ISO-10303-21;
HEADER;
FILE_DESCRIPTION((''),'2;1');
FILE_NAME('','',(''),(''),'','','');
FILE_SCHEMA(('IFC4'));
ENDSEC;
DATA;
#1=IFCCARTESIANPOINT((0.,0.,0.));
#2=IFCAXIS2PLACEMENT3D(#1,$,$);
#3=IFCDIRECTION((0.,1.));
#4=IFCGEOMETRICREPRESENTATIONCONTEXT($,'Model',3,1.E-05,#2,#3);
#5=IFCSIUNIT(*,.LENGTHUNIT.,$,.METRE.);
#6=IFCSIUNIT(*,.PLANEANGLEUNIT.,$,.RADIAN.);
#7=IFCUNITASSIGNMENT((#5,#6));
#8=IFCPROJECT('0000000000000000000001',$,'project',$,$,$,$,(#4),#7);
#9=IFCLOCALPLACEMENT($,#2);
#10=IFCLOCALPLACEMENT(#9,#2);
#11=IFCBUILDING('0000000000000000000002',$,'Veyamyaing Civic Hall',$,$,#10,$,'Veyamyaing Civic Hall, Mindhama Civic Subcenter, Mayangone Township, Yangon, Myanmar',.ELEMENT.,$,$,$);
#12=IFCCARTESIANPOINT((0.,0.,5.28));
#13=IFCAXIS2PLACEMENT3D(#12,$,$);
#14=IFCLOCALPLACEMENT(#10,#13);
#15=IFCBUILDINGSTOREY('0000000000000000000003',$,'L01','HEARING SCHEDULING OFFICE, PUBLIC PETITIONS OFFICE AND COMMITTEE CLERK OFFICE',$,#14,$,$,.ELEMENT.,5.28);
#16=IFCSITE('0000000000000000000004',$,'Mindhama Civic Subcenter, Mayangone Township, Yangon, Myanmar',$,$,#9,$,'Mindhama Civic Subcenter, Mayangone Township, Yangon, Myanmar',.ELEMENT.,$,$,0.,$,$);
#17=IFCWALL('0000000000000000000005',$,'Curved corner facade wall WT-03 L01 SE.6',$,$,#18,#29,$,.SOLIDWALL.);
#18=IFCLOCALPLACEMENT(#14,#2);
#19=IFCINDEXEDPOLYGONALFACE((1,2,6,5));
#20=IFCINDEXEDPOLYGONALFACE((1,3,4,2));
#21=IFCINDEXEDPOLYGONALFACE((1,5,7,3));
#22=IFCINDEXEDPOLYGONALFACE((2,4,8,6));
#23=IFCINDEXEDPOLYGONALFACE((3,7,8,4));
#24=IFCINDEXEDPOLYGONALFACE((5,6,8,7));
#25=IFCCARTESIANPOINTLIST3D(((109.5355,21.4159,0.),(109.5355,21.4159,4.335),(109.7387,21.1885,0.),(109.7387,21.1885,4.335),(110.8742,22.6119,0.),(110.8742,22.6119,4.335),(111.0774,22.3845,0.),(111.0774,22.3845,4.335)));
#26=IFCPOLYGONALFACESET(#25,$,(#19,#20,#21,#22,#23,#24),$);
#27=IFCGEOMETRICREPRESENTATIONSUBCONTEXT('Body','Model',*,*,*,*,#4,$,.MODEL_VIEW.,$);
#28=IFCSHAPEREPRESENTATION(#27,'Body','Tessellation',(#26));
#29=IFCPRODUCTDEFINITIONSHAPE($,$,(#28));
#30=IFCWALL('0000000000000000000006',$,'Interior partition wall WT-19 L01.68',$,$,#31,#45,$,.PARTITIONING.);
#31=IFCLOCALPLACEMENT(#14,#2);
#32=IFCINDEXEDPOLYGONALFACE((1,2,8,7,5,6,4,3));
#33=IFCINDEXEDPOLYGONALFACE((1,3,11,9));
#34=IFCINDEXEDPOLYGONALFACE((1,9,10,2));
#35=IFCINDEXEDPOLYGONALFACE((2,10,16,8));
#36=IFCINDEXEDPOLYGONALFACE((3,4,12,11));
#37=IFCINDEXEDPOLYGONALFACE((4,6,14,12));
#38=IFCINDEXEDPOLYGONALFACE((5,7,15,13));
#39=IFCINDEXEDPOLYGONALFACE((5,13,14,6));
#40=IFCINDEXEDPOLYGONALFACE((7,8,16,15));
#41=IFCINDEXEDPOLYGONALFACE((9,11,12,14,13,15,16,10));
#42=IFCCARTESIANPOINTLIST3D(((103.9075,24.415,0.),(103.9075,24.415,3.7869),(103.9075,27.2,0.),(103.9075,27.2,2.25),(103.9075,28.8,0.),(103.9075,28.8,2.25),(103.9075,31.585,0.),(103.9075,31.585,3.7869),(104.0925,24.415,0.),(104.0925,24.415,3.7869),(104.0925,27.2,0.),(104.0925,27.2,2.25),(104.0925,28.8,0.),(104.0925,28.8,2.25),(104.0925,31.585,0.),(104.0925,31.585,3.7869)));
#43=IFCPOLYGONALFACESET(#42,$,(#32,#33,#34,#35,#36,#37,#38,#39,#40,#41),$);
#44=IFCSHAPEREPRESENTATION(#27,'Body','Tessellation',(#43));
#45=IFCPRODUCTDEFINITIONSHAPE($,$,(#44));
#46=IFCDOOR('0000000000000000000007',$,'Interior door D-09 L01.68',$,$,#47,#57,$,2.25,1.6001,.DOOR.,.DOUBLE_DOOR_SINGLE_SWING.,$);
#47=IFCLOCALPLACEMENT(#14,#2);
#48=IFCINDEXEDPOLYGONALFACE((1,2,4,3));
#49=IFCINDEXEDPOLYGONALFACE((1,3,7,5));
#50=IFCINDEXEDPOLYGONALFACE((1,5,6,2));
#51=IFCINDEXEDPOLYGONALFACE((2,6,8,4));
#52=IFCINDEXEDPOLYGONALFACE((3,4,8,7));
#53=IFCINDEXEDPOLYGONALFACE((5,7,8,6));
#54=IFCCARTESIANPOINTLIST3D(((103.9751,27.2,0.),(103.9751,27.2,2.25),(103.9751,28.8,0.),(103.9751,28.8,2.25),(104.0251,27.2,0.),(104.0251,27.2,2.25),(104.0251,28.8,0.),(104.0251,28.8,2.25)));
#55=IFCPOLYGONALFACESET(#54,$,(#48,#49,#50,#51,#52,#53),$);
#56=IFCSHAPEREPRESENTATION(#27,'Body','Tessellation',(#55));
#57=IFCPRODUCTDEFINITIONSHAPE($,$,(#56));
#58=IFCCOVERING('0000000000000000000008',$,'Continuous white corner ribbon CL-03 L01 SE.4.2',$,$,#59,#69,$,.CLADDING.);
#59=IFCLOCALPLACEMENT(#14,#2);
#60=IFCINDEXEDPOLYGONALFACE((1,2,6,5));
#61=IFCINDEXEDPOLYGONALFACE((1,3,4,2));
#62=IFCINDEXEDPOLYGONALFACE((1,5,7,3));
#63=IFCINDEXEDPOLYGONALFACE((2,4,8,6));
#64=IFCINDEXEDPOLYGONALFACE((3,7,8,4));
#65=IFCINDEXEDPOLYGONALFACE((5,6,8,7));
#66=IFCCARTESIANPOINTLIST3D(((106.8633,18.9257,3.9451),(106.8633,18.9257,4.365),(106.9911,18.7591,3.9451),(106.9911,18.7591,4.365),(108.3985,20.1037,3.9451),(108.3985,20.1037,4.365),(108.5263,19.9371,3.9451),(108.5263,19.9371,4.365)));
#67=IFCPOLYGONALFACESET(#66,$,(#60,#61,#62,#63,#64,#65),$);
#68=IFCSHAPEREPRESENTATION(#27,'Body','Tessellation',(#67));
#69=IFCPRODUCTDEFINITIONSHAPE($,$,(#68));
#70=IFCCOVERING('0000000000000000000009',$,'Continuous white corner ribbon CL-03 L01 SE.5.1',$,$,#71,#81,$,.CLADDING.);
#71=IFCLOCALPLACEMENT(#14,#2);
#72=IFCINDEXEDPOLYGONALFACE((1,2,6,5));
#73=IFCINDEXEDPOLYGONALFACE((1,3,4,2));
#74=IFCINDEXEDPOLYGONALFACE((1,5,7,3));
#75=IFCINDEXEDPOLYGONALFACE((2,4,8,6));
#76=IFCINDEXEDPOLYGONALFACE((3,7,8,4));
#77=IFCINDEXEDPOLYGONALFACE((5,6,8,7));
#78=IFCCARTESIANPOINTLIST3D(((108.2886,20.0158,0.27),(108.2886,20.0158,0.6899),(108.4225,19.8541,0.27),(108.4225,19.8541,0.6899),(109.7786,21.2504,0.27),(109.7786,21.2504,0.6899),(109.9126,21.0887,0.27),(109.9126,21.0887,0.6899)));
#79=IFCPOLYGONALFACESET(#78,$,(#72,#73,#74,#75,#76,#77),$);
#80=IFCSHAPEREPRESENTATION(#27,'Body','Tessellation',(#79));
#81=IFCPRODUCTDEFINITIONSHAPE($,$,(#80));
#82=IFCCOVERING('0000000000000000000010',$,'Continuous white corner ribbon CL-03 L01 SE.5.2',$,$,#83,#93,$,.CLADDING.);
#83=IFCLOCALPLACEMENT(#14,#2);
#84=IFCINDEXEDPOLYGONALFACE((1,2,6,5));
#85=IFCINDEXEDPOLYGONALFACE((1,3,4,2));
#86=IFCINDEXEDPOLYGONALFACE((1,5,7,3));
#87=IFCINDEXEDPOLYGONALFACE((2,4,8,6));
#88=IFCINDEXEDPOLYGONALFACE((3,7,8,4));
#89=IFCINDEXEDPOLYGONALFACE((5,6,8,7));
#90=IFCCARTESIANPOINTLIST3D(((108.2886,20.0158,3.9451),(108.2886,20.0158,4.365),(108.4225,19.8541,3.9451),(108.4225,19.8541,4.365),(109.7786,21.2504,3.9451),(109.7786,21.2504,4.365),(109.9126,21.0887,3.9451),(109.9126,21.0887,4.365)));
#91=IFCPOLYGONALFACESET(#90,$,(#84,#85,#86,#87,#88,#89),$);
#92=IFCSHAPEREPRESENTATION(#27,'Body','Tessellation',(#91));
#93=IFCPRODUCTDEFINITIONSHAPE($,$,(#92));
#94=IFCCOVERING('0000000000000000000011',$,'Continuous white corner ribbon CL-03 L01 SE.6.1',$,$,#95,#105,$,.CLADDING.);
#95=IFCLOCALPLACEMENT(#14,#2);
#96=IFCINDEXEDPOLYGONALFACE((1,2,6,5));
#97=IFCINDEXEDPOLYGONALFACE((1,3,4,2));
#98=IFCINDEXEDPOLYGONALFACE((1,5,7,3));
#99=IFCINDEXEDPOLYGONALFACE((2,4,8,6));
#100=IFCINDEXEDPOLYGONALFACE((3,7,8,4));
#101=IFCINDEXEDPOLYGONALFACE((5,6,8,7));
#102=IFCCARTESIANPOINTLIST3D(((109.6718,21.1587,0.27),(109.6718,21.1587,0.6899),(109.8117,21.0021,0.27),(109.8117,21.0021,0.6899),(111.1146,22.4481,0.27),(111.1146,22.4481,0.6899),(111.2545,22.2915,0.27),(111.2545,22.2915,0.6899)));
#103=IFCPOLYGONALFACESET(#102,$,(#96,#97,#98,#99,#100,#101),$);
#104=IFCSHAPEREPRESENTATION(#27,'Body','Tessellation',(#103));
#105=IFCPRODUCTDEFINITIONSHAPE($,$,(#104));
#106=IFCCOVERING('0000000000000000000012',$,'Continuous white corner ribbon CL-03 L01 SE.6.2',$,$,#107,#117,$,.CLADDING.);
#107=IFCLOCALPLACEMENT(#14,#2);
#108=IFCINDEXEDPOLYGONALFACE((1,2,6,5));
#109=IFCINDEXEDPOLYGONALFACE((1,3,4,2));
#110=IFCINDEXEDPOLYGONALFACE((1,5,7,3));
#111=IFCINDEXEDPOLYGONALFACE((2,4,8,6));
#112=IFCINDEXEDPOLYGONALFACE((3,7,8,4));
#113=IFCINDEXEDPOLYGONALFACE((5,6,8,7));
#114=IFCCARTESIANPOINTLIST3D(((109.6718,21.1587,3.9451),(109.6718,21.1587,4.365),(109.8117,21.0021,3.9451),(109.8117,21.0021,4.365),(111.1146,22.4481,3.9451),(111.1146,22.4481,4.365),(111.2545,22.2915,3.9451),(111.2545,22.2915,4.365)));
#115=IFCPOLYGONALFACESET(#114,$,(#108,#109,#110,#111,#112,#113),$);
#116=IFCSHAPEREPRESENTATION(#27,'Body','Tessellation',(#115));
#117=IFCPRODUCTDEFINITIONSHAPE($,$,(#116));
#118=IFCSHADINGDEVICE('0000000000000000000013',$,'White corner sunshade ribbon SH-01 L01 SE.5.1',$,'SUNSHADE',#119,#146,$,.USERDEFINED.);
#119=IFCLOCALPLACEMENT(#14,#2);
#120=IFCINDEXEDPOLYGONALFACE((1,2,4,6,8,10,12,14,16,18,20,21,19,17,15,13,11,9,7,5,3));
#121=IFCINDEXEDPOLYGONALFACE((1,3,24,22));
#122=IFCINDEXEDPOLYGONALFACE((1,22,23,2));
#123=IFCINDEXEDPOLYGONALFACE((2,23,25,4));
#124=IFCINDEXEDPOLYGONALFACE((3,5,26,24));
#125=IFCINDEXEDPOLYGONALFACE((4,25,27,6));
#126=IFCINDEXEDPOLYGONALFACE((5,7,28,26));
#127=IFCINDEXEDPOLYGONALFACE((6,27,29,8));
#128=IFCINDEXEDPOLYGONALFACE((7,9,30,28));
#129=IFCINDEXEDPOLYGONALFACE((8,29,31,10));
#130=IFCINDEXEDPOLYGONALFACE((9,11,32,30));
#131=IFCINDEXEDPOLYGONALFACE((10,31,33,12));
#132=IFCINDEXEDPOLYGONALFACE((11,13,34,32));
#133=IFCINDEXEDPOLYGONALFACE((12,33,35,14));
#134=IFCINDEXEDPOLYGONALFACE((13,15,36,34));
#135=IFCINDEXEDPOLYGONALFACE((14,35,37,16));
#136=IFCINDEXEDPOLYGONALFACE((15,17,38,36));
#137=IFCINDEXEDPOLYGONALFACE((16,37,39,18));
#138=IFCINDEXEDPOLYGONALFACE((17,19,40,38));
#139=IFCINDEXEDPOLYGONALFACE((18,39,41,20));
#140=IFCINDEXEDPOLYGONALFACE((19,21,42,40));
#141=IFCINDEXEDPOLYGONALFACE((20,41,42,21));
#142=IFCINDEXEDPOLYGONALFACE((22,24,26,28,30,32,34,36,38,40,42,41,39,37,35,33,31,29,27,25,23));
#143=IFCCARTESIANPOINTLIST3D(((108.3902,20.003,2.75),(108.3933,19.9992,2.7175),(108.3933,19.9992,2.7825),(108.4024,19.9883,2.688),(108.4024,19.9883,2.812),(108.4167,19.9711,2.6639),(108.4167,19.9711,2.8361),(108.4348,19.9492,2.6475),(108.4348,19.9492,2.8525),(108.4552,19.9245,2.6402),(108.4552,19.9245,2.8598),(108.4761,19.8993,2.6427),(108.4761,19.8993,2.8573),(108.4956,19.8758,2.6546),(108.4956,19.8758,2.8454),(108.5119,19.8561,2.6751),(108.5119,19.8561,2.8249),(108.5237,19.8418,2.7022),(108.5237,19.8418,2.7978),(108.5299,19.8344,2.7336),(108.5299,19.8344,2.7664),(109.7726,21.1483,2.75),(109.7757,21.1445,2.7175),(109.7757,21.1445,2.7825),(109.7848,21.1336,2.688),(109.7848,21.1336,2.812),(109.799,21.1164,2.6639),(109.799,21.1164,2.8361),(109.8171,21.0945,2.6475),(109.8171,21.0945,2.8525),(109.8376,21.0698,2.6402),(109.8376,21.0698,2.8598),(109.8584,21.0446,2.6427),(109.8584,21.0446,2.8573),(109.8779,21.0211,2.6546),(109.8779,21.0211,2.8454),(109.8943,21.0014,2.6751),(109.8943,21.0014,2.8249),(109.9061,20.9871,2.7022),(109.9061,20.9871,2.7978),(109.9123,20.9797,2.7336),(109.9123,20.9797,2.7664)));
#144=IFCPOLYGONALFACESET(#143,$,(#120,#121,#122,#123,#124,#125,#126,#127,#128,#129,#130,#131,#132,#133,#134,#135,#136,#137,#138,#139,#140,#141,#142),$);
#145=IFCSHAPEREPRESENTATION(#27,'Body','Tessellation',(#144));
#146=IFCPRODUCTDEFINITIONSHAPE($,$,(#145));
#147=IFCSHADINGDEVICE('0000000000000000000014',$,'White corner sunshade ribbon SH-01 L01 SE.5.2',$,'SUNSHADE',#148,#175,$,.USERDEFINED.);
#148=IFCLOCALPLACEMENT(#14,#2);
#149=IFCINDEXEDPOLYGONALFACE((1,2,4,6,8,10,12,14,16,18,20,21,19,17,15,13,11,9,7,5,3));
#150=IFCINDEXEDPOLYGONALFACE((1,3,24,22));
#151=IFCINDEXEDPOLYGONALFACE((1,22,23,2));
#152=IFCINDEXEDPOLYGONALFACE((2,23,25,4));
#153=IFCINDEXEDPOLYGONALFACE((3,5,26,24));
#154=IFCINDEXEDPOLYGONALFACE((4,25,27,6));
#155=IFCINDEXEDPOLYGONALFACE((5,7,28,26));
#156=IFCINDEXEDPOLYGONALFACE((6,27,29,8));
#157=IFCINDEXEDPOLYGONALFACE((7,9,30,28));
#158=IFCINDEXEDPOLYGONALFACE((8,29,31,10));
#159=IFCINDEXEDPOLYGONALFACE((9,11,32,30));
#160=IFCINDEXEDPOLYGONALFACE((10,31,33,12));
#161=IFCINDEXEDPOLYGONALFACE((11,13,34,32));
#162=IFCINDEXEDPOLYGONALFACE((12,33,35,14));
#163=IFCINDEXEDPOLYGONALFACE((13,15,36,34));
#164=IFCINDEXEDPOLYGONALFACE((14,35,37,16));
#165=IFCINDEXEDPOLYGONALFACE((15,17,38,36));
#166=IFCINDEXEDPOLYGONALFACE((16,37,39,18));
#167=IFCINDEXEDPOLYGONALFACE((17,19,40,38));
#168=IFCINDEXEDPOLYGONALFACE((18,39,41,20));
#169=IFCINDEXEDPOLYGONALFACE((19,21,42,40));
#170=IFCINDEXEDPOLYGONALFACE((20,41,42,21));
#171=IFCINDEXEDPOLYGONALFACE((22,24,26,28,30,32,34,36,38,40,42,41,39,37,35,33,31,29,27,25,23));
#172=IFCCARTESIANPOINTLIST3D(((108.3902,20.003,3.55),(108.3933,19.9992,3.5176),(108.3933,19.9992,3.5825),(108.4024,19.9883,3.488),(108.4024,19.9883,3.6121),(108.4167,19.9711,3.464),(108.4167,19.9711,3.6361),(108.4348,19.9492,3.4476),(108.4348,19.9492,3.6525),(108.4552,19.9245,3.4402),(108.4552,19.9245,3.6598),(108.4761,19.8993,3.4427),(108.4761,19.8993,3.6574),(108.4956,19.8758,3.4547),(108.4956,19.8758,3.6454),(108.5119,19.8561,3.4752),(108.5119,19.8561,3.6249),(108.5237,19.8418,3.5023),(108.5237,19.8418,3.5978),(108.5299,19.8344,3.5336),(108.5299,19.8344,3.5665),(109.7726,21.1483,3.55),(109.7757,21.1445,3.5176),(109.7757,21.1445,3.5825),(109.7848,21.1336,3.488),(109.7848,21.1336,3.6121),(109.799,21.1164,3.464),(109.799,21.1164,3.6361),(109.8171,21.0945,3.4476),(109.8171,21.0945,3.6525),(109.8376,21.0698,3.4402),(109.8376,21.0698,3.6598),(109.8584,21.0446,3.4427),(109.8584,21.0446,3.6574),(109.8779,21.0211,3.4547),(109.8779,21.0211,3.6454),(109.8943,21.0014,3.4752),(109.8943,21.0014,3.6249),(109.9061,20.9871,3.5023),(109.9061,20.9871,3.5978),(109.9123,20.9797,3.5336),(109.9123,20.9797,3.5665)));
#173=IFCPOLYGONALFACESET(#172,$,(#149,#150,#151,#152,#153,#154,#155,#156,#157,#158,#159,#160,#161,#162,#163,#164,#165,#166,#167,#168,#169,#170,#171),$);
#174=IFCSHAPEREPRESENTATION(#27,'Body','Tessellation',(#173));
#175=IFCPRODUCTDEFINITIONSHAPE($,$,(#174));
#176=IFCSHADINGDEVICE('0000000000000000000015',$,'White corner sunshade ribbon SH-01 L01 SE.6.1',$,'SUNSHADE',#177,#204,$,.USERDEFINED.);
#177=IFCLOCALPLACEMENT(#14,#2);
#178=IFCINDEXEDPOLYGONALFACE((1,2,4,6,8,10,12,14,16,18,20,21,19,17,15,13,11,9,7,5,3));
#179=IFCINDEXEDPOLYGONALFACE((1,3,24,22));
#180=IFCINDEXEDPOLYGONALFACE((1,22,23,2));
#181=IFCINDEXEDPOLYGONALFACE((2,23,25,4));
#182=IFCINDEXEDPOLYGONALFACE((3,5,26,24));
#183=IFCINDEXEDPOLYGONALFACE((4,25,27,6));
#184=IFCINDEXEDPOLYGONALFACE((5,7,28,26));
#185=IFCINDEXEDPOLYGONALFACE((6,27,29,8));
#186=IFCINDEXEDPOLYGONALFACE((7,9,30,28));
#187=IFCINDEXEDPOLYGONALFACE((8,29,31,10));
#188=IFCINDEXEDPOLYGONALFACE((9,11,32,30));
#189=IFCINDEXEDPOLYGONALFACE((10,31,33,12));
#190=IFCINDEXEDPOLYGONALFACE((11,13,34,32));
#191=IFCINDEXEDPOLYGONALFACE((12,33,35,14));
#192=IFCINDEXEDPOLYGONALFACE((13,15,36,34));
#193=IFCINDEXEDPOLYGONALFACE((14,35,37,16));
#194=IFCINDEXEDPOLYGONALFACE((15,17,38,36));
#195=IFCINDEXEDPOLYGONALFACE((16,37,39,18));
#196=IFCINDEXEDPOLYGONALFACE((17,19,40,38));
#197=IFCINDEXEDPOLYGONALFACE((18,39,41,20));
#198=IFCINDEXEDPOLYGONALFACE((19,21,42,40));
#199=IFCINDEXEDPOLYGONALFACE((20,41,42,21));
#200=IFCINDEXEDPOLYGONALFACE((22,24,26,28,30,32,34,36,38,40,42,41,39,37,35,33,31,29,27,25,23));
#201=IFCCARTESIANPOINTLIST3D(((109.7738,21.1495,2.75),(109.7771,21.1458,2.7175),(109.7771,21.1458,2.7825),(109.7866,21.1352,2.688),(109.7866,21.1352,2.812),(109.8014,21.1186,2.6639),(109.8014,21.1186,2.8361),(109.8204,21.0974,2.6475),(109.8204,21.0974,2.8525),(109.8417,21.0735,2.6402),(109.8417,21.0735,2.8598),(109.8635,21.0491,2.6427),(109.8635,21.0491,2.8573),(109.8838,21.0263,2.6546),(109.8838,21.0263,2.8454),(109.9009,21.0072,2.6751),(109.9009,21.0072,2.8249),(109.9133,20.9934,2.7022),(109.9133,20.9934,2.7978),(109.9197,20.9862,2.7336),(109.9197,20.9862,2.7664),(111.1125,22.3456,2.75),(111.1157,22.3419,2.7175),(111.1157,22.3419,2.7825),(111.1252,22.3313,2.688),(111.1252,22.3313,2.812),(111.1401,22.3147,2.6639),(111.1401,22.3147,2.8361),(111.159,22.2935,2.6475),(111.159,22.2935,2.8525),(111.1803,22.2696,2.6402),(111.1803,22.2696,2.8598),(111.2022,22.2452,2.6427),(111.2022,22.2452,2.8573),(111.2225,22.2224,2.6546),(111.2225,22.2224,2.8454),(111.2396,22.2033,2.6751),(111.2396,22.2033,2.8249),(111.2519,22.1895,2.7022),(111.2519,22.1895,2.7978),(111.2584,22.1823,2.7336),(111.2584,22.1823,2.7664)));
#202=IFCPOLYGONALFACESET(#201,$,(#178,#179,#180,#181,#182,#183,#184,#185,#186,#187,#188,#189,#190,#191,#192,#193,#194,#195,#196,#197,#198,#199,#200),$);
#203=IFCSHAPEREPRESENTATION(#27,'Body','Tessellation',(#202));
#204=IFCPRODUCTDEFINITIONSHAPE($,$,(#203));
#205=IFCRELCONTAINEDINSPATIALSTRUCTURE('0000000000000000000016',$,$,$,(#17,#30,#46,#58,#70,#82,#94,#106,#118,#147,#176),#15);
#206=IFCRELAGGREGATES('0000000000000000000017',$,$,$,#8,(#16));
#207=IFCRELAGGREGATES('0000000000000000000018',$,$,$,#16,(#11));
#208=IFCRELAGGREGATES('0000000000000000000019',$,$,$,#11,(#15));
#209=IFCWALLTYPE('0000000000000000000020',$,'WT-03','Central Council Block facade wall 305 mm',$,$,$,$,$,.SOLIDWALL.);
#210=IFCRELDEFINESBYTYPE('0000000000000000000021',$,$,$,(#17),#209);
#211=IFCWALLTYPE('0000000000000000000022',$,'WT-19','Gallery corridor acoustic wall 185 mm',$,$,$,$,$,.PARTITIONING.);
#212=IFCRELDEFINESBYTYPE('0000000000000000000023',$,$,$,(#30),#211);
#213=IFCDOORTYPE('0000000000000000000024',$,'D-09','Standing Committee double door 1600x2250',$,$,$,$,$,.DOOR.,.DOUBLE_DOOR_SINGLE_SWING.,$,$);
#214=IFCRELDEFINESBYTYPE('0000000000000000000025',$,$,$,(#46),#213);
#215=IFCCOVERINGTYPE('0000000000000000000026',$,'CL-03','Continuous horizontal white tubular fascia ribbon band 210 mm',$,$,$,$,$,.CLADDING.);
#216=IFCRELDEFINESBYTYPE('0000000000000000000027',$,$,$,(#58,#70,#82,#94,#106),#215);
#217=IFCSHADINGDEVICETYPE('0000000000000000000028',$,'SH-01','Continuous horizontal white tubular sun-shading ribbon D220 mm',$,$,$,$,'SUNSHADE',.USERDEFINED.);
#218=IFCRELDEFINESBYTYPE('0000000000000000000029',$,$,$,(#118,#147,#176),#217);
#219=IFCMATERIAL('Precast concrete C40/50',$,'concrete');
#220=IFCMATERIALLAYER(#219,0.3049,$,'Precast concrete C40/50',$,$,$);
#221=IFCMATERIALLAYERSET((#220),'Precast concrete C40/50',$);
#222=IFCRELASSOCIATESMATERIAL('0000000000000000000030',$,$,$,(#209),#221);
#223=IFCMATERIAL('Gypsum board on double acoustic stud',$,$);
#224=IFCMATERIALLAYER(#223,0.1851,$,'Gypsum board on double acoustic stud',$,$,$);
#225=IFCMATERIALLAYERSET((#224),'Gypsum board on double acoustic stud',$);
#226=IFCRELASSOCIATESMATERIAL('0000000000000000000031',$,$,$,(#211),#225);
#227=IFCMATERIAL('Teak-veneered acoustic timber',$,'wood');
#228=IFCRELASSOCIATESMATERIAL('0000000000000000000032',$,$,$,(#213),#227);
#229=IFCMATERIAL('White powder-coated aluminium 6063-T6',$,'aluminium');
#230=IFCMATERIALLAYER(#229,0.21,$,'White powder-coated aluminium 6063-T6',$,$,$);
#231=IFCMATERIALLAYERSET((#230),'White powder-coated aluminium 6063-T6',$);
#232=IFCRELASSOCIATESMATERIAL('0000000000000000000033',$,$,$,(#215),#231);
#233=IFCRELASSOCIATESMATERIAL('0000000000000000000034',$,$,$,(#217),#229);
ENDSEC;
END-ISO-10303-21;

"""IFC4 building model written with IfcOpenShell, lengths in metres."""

from ifc_helpers import new_model, si_unit, direction, frame, frame_2d, origin, origin_2d, place, context, subcontext, project, spatial, rectangle, circle, extrude, material, layer, layer_set, material_profile, profile_set, type_object, element, fill, save


model = new_model("IFC4")

# Units and contexts
model_context = context("Model", 3, precision=1e-05, world=origin(), true_north=direction((0.0, 1.0)))
body_context = subcontext(model_context, "Body", "Model", "MODEL_VIEW")
ifc_project = project(units=[si_unit("LENGTHUNIT", "METRE"), si_unit("PLANEANGLEUNIT", "RADIAN")], contexts=[model_context])

# Site, building, storey
site_placement = place(None, origin())
site = spatial("IfcSite", under=ifc_project, at=site_placement, Name="Mindhama Civic Subcenter, Mayangone Township, Yangon, Myanmar", LongName="Mindhama Civic Subcenter, Mayangone Township, Yangon, Myanmar", CompositionType="ELEMENT", RefElevation=0.0)
building_placement = place(site_placement, origin())
building = spatial("IfcBuilding", under=site, at=building_placement, Name="Veyamyaing Civic Hall", LongName="Veyamyaing Civic Hall, Mindhama Civic Subcenter, Mayangone Township, Yangon, Myanmar", CompositionType="ELEMENT")
storey_placement = place(building_placement, frame((0.0, 0.0, 5.28)))
storey = spatial("IfcBuildingStorey", under=building, at=storey_placement, Name="L01", Description="HEARING SCHEDULING OFFICE, PUBLIC PETITIONS OFFICE AND COMMITTEE CLERK OFFICE", CompositionType="ELEMENT", Elevation=5.28)

# Wall
ifc_material_1 = material(Name="Precast concrete C40/50", Category="concrete")
ifc_layer_1 = layer(ifc_material_1, 0.3049, Name="Precast concrete C40/50")
ifc_layer_set_1 = layer_set([ifc_layer_1], Name="Precast concrete C40/50")
wall_type_1 = type_object("IfcWallType", Name="WT-03", Description="Central Council Block facade wall 305 mm", PredefinedType="SOLIDWALL", material=ifc_layer_set_1)
wall_1_placement = place(storey_placement, frame((109.6372, 21.3022, 0.0), z_axis=(0.0, 0.0, 1.0), x_axis=(0.745704, 0.666278, 0.0)))
element("IfcWall", 1, at=wall_1_placement, inside=storey, type_object=wall_type_1, Name="Curved corner facade wall WT-03 L01 SE.6", PredefinedType="SOLIDWALL", context=body_context, shape_type="SweptSolid", body=[
    extrude(rectangle(XDim=1.7952, YDim=0.3049, at=frame_2d((0.8975, 0.0))), origin(), (0.0, 0.0, 1.0), 4.335),
])

# Wall, opening, door
ifc_material_2 = material(Name="Gypsum board on double acoustic stud")
ifc_layer_2 = layer(ifc_material_2, 0.1851, Name="Gypsum board on double acoustic stud")
ifc_layer_set_2 = layer_set([ifc_layer_2], Name="Gypsum board on double acoustic stud")
wall_type_2 = type_object("IfcWallType", Name="WT-19", Description="Gallery corridor acoustic wall 185 mm", PredefinedType="PARTITIONING", material=ifc_layer_set_2)
wall_2_placement = place(storey_placement, frame((104.0, 24.415, 0.0), z_axis=(0.0, 0.0, 1.0), x_axis=(0.0, 1.0, 0.0)))
wall_2 = element("IfcWall", 2, at=wall_2_placement, inside=storey, type_object=wall_type_2, Name="Interior partition wall WT-19 L01.68", PredefinedType="PARTITIONING", context=body_context, shape_type="SweptSolid", body=[
    extrude(rectangle(XDim=7.1699, YDim=0.1851, at=frame_2d((3.585, 0.0))), origin(), (0.0, 0.0, 1.0), 3.7869),
])
opening_placement = place(wall_2_placement, frame((2.7849, 0.0, 0.0)))
opening = element("IfcOpeningElement", 3, at=opening_placement, cuts=wall_2, PredefinedType="OPENING", context=body_context, shape_type="SweptSolid", body=[
    extrude(rectangle(XDim=1.6001, YDim=2.25, at=frame_2d((0.8, 1.125))), frame((0.0, 0.1025, 0.0), z_axis=(0.0, -1.0, 0.0), x_axis=(1.0, 0.0, 0.0)), (0.0, 0.0, 1.0), 0.2051),
])
ifc_material_3 = material(Name="Teak-veneered acoustic timber", Category="wood")
door_type = type_object("IfcDoorType", Name="D-09", Description="Standing Committee double door 1600x2250", OperationType="DOUBLE_DOOR_SINGLE_SWING", PredefinedType="DOOR", material=ifc_material_3)
door_placement = place(opening_placement, origin())
door = element("IfcDoor", 4, at=door_placement, inside=storey, type_object=door_type, Name="Interior door D-09 L01.68", OperationType="DOUBLE_DOOR_SINGLE_SWING", OverallHeight=2.25, OverallWidth=1.6001, PredefinedType="DOOR", context=body_context, shape_type="SweptSolid", body=[
    extrude(rectangle(XDim=1.6001, YDim=2.25, at=frame_2d((0.8, 1.125))), frame((0.0, 0.0249, 0.0), z_axis=(0.0, -1.0, 0.0), x_axis=(1.0, 0.0, 0.0)), (0.0, 0.0, 1.0), 0.05),
])
fill(opening, door)

# Coverings
ifc_material_4 = material(Name="White powder-coated aluminium 6063-T6", Category="aluminium")
ifc_layer_3 = layer(ifc_material_4, 0.21, Name="White powder-coated aluminium 6063-T6")
ifc_layer_set_3 = layer_set([ifc_layer_3], Name="White powder-coated aluminium 6063-T6")
covering_type = type_object("IfcCoveringType", Name="CL-03", Description="Continuous horizontal white tubular fascia ribbon band 210 mm", PredefinedType="CLADDING", material=ifc_layer_set_3)
for number, where, z_axis, x_axis, name in (
    (5, (107.6948, 19.4314, 3.9451), (0.0, 0.0, 1.0), (0.793353, 0.608761, 0.0), "Continuous white corner ribbon CL-03 L01 SE.4.2"),
    (6, (109.1006, 20.5522, 0.27), (0.0, 0.0, 1.0), (0.770036, 0.638, 0.0), "Continuous white corner ribbon CL-03 L01 SE.5.1"),
    (7, (109.1006, 20.5522, 3.9451), (0.0, 0.0, 1.0), (0.770036, 0.638, 0.0), "Continuous white corner ribbon CL-03 L01 SE.5.2"),
    (8, (110.4631, 21.7251, 0.27), (0.0, 0.0, 1.0), (0.745642, 0.666347, 0.0), "Continuous white corner ribbon CL-03 L01 SE.6.1"),
    (9, (110.4631, 21.7251, 3.9451), (0.0, 0.0, 1.0), (0.745642, 0.666347, 0.0), "Continuous white corner ribbon CL-03 L01 SE.6.2"),
):
    element("IfcCovering", number, at=place(storey_placement, frame(where, z_axis=z_axis, x_axis=x_axis)), inside=storey, type_object=covering_type, Name=name, PredefinedType="CLADDING", context=body_context, shape_type="SweptSolid", body=[
        extrude(rectangle(XDim=1.9351, YDim=0.21, at=origin_2d()), origin(), (0.0, 0.0, 1.0), 0.4199),
    ])

# Shading devices
ifc_material_profile_1 = material_profile(ifc_material_4, circle(Radius=0.1101, at=origin_2d()), Name="SHADE-TUBE-220")
ifc_profile_set_1 = profile_set([ifc_material_profile_1], Name="White powder-coated aluminium 6063-T6")
shading_device_type = type_object("IfcShadingDeviceType", Name="SH-01", Description="Continuous horizontal white tubular sun-shading ribbon D220 mm", ElementType="SUNSHADE", PredefinedType="USERDEFINED", material=ifc_profile_set_1)
for number, where, z_axis, x_axis, name in (
    (10, (108.4604, 19.9182, 2.75), (0.770046, 0.637988, 0.0), (-0.637988, 0.770046, 0.0), "White corner sunshade ribbon SH-01 L01 SE.5.1"),
    (11, (108.4604, 19.9182, 3.55), (0.770046, 0.637988, 0.0), (-0.637988, 0.770046, 0.0), "White corner sunshade ribbon SH-01 L01 SE.5.2"),
    (12, (109.8472, 21.0674, 2.75), (0.745704, 0.666278, 0.0), (-0.666278, 0.745704, 0.0), "White corner sunshade ribbon SH-01 L01 SE.6.1"),
):
    element("IfcShadingDevice", number, at=place(storey_placement, frame(where, z_axis=z_axis, x_axis=x_axis)), inside=storey, type_object=shading_device_type, Name=name, ObjectType="SUNSHADE", PredefinedType="USERDEFINED", context=body_context, shape_type="SweptSolid", body=[
        extrude(circle(Radius=0.1101, at=origin_2d()), origin(), (0.0, 0.0, 1.0), 1.7952),
    ])

save(model, "model.ifc")
